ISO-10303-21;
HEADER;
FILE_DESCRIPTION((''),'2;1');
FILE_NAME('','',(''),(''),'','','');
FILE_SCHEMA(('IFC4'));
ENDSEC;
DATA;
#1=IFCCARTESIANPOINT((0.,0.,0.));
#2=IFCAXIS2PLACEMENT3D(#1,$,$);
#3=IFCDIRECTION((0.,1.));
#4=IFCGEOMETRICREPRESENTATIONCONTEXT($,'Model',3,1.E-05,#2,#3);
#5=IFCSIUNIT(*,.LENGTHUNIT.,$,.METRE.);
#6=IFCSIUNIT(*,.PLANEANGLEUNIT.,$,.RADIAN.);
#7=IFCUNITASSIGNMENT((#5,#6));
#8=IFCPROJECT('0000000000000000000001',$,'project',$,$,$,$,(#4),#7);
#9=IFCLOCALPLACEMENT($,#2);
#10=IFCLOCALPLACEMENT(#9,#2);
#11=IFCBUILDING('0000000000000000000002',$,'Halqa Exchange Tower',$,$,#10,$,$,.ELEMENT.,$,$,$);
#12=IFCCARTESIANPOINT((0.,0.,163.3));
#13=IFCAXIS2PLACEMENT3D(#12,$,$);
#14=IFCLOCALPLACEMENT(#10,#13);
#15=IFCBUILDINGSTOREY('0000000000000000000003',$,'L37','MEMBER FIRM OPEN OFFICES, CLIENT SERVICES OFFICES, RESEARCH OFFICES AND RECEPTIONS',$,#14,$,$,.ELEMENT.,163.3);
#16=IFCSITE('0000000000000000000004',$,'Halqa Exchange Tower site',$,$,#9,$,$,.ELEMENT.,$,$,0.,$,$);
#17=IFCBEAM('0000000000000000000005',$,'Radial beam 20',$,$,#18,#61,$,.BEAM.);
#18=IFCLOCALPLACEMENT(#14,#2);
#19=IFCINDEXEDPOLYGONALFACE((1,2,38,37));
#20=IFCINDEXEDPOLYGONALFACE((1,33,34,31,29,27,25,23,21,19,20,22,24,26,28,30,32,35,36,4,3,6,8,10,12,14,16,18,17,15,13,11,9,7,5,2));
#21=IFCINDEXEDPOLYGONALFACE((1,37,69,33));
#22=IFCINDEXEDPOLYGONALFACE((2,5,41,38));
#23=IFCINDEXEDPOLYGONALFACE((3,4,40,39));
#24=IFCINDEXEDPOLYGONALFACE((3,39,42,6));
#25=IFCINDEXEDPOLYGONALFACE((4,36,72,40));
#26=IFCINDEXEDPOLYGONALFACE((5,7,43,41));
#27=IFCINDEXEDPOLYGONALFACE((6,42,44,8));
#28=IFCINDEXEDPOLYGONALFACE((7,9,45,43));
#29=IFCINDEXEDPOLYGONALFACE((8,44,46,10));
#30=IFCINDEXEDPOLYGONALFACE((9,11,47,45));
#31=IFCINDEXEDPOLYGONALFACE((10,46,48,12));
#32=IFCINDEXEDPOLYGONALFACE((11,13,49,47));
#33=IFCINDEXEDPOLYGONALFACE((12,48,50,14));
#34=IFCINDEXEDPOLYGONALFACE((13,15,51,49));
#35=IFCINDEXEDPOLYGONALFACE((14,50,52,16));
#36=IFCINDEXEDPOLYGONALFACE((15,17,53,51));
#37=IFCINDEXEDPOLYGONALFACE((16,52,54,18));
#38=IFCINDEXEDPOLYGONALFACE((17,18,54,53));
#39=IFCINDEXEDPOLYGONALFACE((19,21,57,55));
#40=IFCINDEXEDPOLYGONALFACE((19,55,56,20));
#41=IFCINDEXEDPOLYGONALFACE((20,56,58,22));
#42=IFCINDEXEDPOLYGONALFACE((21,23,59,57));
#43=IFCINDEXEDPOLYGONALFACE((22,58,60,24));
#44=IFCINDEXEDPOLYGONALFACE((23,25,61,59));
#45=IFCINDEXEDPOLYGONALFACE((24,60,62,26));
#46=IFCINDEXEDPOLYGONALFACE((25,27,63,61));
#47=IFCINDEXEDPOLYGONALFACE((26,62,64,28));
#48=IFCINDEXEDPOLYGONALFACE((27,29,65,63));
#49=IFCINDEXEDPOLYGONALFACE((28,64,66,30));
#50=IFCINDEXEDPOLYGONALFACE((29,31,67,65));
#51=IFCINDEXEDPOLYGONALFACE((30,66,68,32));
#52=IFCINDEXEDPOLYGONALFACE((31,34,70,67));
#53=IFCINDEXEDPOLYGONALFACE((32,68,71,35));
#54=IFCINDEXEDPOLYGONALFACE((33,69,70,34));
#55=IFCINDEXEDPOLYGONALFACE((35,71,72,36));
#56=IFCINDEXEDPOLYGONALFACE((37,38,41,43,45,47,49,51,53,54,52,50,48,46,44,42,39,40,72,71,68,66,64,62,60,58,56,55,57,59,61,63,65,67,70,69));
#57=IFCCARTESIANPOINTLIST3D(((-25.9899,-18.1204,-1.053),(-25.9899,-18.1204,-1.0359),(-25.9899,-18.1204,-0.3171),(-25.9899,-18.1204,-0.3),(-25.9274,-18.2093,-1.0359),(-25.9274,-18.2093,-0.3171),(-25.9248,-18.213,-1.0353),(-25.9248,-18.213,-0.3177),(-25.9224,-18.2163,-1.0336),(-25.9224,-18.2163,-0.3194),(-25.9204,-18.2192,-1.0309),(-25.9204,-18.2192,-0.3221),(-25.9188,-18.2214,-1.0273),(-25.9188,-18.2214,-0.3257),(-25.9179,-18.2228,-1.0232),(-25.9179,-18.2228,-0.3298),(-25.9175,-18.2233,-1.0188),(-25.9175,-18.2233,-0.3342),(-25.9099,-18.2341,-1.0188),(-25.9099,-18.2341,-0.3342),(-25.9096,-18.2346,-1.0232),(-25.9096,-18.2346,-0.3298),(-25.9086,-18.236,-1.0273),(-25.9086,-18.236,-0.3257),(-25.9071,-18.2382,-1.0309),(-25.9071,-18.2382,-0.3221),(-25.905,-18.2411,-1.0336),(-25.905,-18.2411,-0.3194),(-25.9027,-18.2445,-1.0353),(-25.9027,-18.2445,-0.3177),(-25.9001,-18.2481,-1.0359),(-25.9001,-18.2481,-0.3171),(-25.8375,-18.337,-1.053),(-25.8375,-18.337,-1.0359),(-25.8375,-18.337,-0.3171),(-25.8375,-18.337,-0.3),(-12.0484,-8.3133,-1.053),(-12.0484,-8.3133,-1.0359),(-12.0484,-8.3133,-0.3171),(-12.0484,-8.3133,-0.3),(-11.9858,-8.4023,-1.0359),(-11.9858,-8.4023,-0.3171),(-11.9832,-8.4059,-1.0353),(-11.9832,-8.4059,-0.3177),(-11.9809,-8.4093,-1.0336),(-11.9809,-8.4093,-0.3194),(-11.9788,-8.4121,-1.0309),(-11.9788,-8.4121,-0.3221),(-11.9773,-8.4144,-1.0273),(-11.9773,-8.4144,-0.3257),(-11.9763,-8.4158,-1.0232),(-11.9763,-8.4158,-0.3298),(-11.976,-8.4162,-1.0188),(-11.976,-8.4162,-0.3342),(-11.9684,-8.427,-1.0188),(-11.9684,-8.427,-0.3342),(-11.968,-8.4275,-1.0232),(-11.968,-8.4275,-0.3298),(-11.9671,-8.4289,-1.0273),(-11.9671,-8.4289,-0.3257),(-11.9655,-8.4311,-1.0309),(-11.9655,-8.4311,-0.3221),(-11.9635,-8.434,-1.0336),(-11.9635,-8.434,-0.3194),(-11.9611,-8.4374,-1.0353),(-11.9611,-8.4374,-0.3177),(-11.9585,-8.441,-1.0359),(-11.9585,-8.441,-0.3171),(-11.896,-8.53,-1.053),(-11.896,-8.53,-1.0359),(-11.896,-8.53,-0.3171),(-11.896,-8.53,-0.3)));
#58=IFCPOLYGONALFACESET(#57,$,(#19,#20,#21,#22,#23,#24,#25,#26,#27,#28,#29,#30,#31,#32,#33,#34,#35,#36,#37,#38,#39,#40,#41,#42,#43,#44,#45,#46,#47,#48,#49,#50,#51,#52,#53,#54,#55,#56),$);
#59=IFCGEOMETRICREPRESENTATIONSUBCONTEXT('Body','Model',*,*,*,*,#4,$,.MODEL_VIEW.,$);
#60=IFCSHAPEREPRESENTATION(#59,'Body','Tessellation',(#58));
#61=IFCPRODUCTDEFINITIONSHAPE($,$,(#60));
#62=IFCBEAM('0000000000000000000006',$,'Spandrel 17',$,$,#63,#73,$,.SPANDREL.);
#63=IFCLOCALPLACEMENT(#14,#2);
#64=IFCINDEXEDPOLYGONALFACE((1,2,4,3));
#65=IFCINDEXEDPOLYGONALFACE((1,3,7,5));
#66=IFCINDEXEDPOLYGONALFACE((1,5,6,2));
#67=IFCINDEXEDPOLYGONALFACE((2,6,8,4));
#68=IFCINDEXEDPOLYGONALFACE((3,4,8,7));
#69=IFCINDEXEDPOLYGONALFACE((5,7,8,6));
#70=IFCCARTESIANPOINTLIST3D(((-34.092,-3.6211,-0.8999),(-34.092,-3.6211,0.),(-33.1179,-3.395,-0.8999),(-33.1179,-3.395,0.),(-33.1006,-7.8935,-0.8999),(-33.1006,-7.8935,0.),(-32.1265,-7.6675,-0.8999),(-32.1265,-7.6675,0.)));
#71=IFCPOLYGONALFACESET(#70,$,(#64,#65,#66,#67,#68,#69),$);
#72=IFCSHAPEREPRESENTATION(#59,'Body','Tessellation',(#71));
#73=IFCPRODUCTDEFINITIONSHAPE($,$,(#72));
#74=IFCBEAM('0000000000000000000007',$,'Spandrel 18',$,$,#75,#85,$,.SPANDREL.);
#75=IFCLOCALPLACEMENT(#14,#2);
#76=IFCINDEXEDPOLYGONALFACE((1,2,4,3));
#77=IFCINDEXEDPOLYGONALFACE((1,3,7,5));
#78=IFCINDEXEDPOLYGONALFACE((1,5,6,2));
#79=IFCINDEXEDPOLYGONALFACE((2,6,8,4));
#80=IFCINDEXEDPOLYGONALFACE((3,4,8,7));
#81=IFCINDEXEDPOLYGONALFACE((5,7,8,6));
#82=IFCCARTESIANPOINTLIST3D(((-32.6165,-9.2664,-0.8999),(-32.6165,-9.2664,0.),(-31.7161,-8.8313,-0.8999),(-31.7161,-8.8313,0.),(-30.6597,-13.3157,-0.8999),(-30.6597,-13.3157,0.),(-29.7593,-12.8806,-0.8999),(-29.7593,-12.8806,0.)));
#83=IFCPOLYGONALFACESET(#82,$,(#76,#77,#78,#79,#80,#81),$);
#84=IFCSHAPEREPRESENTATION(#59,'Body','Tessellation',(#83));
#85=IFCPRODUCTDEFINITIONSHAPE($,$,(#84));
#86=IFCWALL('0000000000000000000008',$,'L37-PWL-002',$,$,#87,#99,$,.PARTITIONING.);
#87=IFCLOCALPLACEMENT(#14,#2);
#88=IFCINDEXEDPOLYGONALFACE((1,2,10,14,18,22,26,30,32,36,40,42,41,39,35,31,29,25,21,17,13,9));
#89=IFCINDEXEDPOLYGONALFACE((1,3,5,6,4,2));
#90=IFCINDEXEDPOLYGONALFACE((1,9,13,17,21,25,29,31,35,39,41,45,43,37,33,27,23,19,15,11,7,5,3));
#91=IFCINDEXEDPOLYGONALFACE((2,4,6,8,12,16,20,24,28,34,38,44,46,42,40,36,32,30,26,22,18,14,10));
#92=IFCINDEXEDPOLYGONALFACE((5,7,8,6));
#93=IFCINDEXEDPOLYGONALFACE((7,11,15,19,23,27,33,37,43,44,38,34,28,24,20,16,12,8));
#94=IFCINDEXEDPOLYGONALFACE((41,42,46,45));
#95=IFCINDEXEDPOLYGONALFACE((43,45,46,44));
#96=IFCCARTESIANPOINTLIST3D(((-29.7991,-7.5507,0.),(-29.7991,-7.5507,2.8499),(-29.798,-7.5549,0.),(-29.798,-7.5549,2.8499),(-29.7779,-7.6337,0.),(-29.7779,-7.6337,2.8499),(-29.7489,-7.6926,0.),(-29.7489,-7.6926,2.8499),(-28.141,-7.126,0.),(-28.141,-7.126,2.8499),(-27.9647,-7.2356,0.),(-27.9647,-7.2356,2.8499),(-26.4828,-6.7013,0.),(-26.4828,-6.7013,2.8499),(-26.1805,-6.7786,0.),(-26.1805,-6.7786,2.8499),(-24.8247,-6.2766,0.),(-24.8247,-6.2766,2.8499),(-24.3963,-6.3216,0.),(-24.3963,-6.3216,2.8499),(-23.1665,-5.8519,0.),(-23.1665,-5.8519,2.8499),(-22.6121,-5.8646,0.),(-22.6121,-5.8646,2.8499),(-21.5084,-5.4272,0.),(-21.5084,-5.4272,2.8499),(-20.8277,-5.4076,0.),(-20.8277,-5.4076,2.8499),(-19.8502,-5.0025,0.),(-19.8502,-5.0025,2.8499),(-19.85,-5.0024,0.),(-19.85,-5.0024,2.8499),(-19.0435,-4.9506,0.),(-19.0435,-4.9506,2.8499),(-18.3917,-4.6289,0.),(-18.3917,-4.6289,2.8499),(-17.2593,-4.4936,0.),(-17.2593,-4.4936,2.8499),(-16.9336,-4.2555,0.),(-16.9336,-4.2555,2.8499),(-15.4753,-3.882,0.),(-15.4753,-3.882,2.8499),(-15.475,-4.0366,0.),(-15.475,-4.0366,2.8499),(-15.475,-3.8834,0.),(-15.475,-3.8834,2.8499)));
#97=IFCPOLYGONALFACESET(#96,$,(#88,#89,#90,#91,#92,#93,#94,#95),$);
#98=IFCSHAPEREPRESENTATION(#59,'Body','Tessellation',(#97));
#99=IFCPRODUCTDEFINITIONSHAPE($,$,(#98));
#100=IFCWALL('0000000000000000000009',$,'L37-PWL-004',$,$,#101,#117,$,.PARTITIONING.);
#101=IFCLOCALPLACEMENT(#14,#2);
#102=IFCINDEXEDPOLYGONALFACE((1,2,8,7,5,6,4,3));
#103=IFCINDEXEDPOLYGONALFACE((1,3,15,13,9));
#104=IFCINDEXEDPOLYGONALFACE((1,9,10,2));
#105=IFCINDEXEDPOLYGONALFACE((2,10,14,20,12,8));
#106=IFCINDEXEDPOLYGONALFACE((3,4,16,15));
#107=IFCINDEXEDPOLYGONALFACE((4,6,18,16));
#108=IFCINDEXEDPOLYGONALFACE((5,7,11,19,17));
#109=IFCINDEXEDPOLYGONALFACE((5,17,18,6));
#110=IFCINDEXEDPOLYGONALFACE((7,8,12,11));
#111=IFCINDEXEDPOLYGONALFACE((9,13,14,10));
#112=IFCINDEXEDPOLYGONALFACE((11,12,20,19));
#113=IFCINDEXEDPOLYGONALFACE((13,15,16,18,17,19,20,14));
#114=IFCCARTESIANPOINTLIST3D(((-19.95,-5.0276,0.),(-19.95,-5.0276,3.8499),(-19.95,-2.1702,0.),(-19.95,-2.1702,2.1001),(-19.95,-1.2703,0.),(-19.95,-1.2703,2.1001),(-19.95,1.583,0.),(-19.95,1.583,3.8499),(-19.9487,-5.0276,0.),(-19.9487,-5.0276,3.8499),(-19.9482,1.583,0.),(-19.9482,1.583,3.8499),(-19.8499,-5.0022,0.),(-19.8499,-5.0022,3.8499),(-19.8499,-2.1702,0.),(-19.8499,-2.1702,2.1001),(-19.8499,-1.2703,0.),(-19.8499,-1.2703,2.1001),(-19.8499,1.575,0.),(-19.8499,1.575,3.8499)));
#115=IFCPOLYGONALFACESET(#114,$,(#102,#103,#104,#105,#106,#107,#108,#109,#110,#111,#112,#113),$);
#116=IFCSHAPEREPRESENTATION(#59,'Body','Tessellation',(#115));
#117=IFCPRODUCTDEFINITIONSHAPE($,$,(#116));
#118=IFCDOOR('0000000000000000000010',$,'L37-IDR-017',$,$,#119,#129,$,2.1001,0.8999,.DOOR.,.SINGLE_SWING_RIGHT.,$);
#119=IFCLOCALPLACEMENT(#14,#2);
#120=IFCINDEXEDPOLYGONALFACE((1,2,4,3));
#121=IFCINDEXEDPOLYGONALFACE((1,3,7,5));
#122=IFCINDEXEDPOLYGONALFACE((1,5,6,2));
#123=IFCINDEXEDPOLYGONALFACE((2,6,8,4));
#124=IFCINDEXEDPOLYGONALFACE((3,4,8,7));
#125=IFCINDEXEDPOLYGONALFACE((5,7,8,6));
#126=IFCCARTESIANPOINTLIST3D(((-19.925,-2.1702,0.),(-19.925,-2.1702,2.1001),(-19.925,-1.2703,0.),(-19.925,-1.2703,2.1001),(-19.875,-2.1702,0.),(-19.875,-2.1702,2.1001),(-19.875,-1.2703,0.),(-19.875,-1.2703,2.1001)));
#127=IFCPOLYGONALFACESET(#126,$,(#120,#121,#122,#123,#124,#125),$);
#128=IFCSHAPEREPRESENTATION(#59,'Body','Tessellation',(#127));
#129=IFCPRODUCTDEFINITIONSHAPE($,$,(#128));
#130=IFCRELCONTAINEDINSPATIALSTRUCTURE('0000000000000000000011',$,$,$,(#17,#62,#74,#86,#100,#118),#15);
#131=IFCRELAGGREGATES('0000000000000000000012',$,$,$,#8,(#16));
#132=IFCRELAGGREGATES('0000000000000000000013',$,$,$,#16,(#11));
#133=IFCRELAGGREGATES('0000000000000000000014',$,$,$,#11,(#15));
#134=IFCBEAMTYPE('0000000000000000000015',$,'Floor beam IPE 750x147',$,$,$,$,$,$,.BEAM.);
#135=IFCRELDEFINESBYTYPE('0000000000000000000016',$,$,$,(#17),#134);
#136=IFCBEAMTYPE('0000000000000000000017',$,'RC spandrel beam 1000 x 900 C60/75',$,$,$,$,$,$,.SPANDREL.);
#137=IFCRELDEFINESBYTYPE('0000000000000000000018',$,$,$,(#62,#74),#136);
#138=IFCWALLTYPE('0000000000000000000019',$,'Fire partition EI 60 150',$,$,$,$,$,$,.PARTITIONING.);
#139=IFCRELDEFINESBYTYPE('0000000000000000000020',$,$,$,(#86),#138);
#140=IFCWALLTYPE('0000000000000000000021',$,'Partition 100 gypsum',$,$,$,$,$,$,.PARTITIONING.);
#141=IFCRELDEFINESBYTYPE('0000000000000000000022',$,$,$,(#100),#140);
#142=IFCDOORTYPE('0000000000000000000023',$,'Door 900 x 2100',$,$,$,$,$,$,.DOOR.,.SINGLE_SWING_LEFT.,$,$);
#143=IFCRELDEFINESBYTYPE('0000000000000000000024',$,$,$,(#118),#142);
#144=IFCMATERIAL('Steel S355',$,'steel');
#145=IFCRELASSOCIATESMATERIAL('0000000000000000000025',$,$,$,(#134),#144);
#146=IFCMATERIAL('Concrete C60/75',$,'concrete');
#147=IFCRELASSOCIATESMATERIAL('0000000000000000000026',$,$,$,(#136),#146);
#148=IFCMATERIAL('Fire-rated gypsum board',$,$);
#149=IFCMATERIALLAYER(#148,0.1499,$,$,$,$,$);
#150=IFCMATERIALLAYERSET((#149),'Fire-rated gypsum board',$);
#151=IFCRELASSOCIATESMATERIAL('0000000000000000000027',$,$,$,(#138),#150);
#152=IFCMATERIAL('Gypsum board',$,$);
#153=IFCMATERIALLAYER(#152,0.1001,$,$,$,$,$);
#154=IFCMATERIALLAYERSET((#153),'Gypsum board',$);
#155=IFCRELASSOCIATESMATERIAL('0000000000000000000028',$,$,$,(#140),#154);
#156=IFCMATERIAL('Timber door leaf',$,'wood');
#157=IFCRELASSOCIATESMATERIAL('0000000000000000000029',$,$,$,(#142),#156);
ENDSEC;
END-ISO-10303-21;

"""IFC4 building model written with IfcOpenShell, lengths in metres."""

from ifc_helpers import new_model, si_unit, direction, frame, frame_2d, origin, origin_2d, place, context, subcontext, project, spatial, polyline, rectangle, i_section, outline, extrude, material, layer, layer_set, material_profile, profile_set, type_object, element, fill, save


model = new_model("IFC4")

# Units and contexts
model_context = context("Model", 3, precision=1e-05, world=origin(), true_north=direction((0.0, 1.0)))
body_context = subcontext(model_context, "Body", "Model", "MODEL_VIEW")
ifc_project = project(units=[si_unit("LENGTHUNIT", "METRE"), si_unit("PLANEANGLEUNIT", "RADIAN")], contexts=[model_context])

# Site, building, storey
site_placement = place(None, origin())
site = spatial("IfcSite", under=ifc_project, at=site_placement, Name="Halqa Exchange Tower site", CompositionType="ELEMENT", RefElevation=0.0)
building_placement = place(site_placement, origin())
building = spatial("IfcBuilding", under=site, at=building_placement, Name="Halqa Exchange Tower", CompositionType="ELEMENT")
storey_placement = place(building_placement, frame((0.0, 0.0, 163.3)))
storey = spatial("IfcBuildingStorey", under=building, at=storey_placement, Name="L37", Description="MEMBER FIRM OPEN OFFICES, CLIENT SERVICES OFFICES, RESEARCH OFFICES AND RECEPTIONS", CompositionType="ELEMENT", Elevation=163.3)

# Beams
ifc_material_1 = material(Name="Steel S355", Category="steel")
ifc_material_profile_1 = material_profile(ifc_material_1, i_section(OverallWidth=0.2649, OverallDepth=0.7529, WebThickness=0.0132, FlangeThickness=0.0171, FilletRadius=0.0171, at=origin_2d()), Name="IPE 750x147")
ifc_profile_set_1 = profile_set([ifc_material_profile_1], Name="Steel S355")
beam_type_1 = type_object("IfcBeamType", Name="Floor beam IPE 750x147", PredefinedType="BEAM", material=ifc_profile_set_1)
beam_1_placement = place(storey_placement, frame((-11.9722, -8.4216, -0.6765), z_axis=(-0.817908, -0.57535, 0.0), x_axis=(0.57535, -0.817908, 0.0)))
element("IfcBeam", 1, at=beam_1_placement, inside=storey, type_object=beam_type_1, Name="Radial beam 20", PredefinedType="BEAM", context=body_context, shape_type="SweptSolid", body=[
    extrude(i_section(OverallWidth=0.2649, OverallDepth=0.7529, WebThickness=0.0132, FlangeThickness=0.0171, FilletRadius=0.0171, at=origin_2d()), origin(), (0.0, 0.0, 1.0), 17.0454),
])
ifc_material_2 = material(Name="Concrete C60/75", Category="concrete")
ifc_material_profile_2 = material_profile(ifc_material_2, rectangle(XDim=1.0, YDim=0.8999, at=origin_2d()), Name="1000 x 900")
ifc_profile_set_2 = profile_set([ifc_material_profile_2], Name="Concrete C60/75")
beam_type_2 = type_object("IfcBeamType", Name="RC spandrel beam 1000 x 900 C60/75", PredefinedType="SPANDREL", material=ifc_profile_set_2)
beam_2_placement = place(storey_placement, frame((-33.605, -3.5081, -0.45), z_axis=(0.22605, -0.974116, 0.0), x_axis=(0.974116, 0.22605, 0.0)))
element("IfcBeam", 2, at=beam_2_placement, inside=storey, type_object=beam_type_2, Name="Spandrel 17", PredefinedType="SPANDREL", context=body_context, shape_type="SweptSolid", body=[
    extrude(rectangle(XDim=1.0, YDim=0.8999, at=origin_2d()), origin(), (0.0, 0.0, 1.0), 4.386),
])
beam_3_placement = place(storey_placement, frame((-32.1663, -9.0488, -0.45), z_axis=(0.4351, -0.900382, 0.0), x_axis=(0.900382, 0.4351, 0.0)))
element("IfcBeam", 3, at=beam_3_placement, inside=storey, type_object=beam_type_2, Name="Spandrel 18", PredefinedType="SPANDREL", context=body_context, shape_type="SweptSolid", body=[
    extrude(rectangle(XDim=1.0, YDim=0.8999, at=origin_2d()), origin(), (0.0, 0.0, 1.0), 4.4973),
])

# Wall
ifc_material_3 = material(Name="Fire-rated gypsum board")
ifc_layer_1 = layer(ifc_material_3, 0.1499)
ifc_layer_set_1 = layer_set([ifc_layer_1], Name="Fire-rated gypsum board")
wall_type_1 = type_object("IfcWallType", Name="Fire partition EI 60 150", PredefinedType="PARTITIONING", material=ifc_layer_set_1)
wall_1_placement = place(storey_placement, frame((-29.7805, -7.6233, 0.0), z_axis=(0.0, 0.0, 1.0), x_axis=(0.96873, 0.248118, 0.0)))
element("IfcWall", 4, at=wall_1_placement, inside=storey, type_object=wall_type_1, Name="L37-PWL-002", PredefinedType="PARTITIONING", context=body_context, shape_type="SweptSolid", body=[
    extrude(outline(polyline([(0.0134, -0.075), (1.8552, -0.075), (3.697, -0.075), (5.5388, -0.075), (7.3806, -0.075), (9.2227, -0.075), (11.0645, -0.075), (12.9062, -0.075), (14.748, -0.075), (14.7861, 0.0735), (14.7861, 0.075), (13.2808, 0.075), (11.7756, 0.075), (10.2703, 0.075), (10.2703, 0.075), (10.27, 0.075), (8.5583, 0.075), (6.8467, 0.075), (5.135, 0.075), (3.4233, 0.075), (1.7117, 0.075), (0.0, 0.075), (0.0, 0.0706), (0.0, -0.0107), (0.0134, -0.075)])), origin(), (0.0, 0.0, 1.0), 2.8499),
])

# Wall, opening, door
ifc_material_4 = material(Name="Gypsum board")
ifc_layer_2 = layer(ifc_material_4, 0.1001)
ifc_layer_set_2 = layer_set([ifc_layer_2], Name="Gypsum board")
wall_type_2 = type_object("IfcWallType", Name="Partition 100 gypsum", PredefinedType="PARTITIONING", material=ifc_layer_set_2)
wall_2_placement = place(storey_placement, frame((-19.8999, -5.0276, 0.0), z_axis=(0.0, 0.0, 1.0), x_axis=(0.0, 1.0, 0.0)))
wall_2 = element("IfcWall", 5, at=wall_2_placement, inside=storey, type_object=wall_type_2, Name="L37-PWL-004", PredefinedType="PARTITIONING", context=body_context, shape_type="SweptSolid", body=[
    extrude(outline(polyline([(0.0254, -0.05), (1.6697, -0.05), (3.314, -0.05), (4.9583, -0.05), (6.6025, -0.05), (6.6106, 0.0483), (6.6106, 0.05), (4.958, 0.05), (3.3052, 0.05), (1.6526, 0.05), (0.0, 0.05), (0.0, 0.0488), (0.0254, -0.05)])), origin(), (0.0, 0.0, 1.0), 3.8499),
])
opening_1_placement = place(wall_2_placement, frame((2.8574, 0.0, 0.0)))
opening_1 = element("IfcOpeningElement", 6, at=opening_1_placement, cuts=wall_2, PredefinedType="OPENING", context=body_context, shape_type="SweptSolid", body=[
    extrude(rectangle(XDim=0.8999, YDim=2.1001, at=frame_2d((0.45, 1.05))), frame((0.0, 0.062, 0.0), z_axis=(0.0, -1.0, 0.0), x_axis=(1.0, 0.0, 0.0)), (0.0, 0.0, 1.0), 0.124),
])
ifc_material_5 = material(Name="Timber door leaf", Category="wood")
door_type_1 = type_object("IfcDoorType", Name="Door 900 x 2100", OperationType="SINGLE_SWING_LEFT", PredefinedType="DOOR", material=ifc_material_5)
door_1_placement = place(opening_1_placement, frame((0.8999, 0.0, 0.0), z_axis=(0.0, 0.0, 1.0), x_axis=(-1.0, 0.0, 0.0)))
door_1 = element("IfcDoor", 7, at=door_1_placement, inside=storey, type_object=door_type_1, Name="L37-IDR-017", OperationType="SINGLE_SWING_RIGHT", OverallHeight=2.1001, OverallWidth=0.8999, PredefinedType="DOOR", context=body_context, shape_type="SweptSolid", body=[
    extrude(rectangle(XDim=0.8999, YDim=2.1001, at=frame_2d((0.45, 1.05))), frame((0.0, 0.0249, 0.0), z_axis=(0.0, -1.0, 0.0), x_axis=(1.0, 0.0, 0.0)), (0.0, 0.0, 1.0), 0.05),
])
fill(opening_1, door_1)

save(model, "model.ifc")
